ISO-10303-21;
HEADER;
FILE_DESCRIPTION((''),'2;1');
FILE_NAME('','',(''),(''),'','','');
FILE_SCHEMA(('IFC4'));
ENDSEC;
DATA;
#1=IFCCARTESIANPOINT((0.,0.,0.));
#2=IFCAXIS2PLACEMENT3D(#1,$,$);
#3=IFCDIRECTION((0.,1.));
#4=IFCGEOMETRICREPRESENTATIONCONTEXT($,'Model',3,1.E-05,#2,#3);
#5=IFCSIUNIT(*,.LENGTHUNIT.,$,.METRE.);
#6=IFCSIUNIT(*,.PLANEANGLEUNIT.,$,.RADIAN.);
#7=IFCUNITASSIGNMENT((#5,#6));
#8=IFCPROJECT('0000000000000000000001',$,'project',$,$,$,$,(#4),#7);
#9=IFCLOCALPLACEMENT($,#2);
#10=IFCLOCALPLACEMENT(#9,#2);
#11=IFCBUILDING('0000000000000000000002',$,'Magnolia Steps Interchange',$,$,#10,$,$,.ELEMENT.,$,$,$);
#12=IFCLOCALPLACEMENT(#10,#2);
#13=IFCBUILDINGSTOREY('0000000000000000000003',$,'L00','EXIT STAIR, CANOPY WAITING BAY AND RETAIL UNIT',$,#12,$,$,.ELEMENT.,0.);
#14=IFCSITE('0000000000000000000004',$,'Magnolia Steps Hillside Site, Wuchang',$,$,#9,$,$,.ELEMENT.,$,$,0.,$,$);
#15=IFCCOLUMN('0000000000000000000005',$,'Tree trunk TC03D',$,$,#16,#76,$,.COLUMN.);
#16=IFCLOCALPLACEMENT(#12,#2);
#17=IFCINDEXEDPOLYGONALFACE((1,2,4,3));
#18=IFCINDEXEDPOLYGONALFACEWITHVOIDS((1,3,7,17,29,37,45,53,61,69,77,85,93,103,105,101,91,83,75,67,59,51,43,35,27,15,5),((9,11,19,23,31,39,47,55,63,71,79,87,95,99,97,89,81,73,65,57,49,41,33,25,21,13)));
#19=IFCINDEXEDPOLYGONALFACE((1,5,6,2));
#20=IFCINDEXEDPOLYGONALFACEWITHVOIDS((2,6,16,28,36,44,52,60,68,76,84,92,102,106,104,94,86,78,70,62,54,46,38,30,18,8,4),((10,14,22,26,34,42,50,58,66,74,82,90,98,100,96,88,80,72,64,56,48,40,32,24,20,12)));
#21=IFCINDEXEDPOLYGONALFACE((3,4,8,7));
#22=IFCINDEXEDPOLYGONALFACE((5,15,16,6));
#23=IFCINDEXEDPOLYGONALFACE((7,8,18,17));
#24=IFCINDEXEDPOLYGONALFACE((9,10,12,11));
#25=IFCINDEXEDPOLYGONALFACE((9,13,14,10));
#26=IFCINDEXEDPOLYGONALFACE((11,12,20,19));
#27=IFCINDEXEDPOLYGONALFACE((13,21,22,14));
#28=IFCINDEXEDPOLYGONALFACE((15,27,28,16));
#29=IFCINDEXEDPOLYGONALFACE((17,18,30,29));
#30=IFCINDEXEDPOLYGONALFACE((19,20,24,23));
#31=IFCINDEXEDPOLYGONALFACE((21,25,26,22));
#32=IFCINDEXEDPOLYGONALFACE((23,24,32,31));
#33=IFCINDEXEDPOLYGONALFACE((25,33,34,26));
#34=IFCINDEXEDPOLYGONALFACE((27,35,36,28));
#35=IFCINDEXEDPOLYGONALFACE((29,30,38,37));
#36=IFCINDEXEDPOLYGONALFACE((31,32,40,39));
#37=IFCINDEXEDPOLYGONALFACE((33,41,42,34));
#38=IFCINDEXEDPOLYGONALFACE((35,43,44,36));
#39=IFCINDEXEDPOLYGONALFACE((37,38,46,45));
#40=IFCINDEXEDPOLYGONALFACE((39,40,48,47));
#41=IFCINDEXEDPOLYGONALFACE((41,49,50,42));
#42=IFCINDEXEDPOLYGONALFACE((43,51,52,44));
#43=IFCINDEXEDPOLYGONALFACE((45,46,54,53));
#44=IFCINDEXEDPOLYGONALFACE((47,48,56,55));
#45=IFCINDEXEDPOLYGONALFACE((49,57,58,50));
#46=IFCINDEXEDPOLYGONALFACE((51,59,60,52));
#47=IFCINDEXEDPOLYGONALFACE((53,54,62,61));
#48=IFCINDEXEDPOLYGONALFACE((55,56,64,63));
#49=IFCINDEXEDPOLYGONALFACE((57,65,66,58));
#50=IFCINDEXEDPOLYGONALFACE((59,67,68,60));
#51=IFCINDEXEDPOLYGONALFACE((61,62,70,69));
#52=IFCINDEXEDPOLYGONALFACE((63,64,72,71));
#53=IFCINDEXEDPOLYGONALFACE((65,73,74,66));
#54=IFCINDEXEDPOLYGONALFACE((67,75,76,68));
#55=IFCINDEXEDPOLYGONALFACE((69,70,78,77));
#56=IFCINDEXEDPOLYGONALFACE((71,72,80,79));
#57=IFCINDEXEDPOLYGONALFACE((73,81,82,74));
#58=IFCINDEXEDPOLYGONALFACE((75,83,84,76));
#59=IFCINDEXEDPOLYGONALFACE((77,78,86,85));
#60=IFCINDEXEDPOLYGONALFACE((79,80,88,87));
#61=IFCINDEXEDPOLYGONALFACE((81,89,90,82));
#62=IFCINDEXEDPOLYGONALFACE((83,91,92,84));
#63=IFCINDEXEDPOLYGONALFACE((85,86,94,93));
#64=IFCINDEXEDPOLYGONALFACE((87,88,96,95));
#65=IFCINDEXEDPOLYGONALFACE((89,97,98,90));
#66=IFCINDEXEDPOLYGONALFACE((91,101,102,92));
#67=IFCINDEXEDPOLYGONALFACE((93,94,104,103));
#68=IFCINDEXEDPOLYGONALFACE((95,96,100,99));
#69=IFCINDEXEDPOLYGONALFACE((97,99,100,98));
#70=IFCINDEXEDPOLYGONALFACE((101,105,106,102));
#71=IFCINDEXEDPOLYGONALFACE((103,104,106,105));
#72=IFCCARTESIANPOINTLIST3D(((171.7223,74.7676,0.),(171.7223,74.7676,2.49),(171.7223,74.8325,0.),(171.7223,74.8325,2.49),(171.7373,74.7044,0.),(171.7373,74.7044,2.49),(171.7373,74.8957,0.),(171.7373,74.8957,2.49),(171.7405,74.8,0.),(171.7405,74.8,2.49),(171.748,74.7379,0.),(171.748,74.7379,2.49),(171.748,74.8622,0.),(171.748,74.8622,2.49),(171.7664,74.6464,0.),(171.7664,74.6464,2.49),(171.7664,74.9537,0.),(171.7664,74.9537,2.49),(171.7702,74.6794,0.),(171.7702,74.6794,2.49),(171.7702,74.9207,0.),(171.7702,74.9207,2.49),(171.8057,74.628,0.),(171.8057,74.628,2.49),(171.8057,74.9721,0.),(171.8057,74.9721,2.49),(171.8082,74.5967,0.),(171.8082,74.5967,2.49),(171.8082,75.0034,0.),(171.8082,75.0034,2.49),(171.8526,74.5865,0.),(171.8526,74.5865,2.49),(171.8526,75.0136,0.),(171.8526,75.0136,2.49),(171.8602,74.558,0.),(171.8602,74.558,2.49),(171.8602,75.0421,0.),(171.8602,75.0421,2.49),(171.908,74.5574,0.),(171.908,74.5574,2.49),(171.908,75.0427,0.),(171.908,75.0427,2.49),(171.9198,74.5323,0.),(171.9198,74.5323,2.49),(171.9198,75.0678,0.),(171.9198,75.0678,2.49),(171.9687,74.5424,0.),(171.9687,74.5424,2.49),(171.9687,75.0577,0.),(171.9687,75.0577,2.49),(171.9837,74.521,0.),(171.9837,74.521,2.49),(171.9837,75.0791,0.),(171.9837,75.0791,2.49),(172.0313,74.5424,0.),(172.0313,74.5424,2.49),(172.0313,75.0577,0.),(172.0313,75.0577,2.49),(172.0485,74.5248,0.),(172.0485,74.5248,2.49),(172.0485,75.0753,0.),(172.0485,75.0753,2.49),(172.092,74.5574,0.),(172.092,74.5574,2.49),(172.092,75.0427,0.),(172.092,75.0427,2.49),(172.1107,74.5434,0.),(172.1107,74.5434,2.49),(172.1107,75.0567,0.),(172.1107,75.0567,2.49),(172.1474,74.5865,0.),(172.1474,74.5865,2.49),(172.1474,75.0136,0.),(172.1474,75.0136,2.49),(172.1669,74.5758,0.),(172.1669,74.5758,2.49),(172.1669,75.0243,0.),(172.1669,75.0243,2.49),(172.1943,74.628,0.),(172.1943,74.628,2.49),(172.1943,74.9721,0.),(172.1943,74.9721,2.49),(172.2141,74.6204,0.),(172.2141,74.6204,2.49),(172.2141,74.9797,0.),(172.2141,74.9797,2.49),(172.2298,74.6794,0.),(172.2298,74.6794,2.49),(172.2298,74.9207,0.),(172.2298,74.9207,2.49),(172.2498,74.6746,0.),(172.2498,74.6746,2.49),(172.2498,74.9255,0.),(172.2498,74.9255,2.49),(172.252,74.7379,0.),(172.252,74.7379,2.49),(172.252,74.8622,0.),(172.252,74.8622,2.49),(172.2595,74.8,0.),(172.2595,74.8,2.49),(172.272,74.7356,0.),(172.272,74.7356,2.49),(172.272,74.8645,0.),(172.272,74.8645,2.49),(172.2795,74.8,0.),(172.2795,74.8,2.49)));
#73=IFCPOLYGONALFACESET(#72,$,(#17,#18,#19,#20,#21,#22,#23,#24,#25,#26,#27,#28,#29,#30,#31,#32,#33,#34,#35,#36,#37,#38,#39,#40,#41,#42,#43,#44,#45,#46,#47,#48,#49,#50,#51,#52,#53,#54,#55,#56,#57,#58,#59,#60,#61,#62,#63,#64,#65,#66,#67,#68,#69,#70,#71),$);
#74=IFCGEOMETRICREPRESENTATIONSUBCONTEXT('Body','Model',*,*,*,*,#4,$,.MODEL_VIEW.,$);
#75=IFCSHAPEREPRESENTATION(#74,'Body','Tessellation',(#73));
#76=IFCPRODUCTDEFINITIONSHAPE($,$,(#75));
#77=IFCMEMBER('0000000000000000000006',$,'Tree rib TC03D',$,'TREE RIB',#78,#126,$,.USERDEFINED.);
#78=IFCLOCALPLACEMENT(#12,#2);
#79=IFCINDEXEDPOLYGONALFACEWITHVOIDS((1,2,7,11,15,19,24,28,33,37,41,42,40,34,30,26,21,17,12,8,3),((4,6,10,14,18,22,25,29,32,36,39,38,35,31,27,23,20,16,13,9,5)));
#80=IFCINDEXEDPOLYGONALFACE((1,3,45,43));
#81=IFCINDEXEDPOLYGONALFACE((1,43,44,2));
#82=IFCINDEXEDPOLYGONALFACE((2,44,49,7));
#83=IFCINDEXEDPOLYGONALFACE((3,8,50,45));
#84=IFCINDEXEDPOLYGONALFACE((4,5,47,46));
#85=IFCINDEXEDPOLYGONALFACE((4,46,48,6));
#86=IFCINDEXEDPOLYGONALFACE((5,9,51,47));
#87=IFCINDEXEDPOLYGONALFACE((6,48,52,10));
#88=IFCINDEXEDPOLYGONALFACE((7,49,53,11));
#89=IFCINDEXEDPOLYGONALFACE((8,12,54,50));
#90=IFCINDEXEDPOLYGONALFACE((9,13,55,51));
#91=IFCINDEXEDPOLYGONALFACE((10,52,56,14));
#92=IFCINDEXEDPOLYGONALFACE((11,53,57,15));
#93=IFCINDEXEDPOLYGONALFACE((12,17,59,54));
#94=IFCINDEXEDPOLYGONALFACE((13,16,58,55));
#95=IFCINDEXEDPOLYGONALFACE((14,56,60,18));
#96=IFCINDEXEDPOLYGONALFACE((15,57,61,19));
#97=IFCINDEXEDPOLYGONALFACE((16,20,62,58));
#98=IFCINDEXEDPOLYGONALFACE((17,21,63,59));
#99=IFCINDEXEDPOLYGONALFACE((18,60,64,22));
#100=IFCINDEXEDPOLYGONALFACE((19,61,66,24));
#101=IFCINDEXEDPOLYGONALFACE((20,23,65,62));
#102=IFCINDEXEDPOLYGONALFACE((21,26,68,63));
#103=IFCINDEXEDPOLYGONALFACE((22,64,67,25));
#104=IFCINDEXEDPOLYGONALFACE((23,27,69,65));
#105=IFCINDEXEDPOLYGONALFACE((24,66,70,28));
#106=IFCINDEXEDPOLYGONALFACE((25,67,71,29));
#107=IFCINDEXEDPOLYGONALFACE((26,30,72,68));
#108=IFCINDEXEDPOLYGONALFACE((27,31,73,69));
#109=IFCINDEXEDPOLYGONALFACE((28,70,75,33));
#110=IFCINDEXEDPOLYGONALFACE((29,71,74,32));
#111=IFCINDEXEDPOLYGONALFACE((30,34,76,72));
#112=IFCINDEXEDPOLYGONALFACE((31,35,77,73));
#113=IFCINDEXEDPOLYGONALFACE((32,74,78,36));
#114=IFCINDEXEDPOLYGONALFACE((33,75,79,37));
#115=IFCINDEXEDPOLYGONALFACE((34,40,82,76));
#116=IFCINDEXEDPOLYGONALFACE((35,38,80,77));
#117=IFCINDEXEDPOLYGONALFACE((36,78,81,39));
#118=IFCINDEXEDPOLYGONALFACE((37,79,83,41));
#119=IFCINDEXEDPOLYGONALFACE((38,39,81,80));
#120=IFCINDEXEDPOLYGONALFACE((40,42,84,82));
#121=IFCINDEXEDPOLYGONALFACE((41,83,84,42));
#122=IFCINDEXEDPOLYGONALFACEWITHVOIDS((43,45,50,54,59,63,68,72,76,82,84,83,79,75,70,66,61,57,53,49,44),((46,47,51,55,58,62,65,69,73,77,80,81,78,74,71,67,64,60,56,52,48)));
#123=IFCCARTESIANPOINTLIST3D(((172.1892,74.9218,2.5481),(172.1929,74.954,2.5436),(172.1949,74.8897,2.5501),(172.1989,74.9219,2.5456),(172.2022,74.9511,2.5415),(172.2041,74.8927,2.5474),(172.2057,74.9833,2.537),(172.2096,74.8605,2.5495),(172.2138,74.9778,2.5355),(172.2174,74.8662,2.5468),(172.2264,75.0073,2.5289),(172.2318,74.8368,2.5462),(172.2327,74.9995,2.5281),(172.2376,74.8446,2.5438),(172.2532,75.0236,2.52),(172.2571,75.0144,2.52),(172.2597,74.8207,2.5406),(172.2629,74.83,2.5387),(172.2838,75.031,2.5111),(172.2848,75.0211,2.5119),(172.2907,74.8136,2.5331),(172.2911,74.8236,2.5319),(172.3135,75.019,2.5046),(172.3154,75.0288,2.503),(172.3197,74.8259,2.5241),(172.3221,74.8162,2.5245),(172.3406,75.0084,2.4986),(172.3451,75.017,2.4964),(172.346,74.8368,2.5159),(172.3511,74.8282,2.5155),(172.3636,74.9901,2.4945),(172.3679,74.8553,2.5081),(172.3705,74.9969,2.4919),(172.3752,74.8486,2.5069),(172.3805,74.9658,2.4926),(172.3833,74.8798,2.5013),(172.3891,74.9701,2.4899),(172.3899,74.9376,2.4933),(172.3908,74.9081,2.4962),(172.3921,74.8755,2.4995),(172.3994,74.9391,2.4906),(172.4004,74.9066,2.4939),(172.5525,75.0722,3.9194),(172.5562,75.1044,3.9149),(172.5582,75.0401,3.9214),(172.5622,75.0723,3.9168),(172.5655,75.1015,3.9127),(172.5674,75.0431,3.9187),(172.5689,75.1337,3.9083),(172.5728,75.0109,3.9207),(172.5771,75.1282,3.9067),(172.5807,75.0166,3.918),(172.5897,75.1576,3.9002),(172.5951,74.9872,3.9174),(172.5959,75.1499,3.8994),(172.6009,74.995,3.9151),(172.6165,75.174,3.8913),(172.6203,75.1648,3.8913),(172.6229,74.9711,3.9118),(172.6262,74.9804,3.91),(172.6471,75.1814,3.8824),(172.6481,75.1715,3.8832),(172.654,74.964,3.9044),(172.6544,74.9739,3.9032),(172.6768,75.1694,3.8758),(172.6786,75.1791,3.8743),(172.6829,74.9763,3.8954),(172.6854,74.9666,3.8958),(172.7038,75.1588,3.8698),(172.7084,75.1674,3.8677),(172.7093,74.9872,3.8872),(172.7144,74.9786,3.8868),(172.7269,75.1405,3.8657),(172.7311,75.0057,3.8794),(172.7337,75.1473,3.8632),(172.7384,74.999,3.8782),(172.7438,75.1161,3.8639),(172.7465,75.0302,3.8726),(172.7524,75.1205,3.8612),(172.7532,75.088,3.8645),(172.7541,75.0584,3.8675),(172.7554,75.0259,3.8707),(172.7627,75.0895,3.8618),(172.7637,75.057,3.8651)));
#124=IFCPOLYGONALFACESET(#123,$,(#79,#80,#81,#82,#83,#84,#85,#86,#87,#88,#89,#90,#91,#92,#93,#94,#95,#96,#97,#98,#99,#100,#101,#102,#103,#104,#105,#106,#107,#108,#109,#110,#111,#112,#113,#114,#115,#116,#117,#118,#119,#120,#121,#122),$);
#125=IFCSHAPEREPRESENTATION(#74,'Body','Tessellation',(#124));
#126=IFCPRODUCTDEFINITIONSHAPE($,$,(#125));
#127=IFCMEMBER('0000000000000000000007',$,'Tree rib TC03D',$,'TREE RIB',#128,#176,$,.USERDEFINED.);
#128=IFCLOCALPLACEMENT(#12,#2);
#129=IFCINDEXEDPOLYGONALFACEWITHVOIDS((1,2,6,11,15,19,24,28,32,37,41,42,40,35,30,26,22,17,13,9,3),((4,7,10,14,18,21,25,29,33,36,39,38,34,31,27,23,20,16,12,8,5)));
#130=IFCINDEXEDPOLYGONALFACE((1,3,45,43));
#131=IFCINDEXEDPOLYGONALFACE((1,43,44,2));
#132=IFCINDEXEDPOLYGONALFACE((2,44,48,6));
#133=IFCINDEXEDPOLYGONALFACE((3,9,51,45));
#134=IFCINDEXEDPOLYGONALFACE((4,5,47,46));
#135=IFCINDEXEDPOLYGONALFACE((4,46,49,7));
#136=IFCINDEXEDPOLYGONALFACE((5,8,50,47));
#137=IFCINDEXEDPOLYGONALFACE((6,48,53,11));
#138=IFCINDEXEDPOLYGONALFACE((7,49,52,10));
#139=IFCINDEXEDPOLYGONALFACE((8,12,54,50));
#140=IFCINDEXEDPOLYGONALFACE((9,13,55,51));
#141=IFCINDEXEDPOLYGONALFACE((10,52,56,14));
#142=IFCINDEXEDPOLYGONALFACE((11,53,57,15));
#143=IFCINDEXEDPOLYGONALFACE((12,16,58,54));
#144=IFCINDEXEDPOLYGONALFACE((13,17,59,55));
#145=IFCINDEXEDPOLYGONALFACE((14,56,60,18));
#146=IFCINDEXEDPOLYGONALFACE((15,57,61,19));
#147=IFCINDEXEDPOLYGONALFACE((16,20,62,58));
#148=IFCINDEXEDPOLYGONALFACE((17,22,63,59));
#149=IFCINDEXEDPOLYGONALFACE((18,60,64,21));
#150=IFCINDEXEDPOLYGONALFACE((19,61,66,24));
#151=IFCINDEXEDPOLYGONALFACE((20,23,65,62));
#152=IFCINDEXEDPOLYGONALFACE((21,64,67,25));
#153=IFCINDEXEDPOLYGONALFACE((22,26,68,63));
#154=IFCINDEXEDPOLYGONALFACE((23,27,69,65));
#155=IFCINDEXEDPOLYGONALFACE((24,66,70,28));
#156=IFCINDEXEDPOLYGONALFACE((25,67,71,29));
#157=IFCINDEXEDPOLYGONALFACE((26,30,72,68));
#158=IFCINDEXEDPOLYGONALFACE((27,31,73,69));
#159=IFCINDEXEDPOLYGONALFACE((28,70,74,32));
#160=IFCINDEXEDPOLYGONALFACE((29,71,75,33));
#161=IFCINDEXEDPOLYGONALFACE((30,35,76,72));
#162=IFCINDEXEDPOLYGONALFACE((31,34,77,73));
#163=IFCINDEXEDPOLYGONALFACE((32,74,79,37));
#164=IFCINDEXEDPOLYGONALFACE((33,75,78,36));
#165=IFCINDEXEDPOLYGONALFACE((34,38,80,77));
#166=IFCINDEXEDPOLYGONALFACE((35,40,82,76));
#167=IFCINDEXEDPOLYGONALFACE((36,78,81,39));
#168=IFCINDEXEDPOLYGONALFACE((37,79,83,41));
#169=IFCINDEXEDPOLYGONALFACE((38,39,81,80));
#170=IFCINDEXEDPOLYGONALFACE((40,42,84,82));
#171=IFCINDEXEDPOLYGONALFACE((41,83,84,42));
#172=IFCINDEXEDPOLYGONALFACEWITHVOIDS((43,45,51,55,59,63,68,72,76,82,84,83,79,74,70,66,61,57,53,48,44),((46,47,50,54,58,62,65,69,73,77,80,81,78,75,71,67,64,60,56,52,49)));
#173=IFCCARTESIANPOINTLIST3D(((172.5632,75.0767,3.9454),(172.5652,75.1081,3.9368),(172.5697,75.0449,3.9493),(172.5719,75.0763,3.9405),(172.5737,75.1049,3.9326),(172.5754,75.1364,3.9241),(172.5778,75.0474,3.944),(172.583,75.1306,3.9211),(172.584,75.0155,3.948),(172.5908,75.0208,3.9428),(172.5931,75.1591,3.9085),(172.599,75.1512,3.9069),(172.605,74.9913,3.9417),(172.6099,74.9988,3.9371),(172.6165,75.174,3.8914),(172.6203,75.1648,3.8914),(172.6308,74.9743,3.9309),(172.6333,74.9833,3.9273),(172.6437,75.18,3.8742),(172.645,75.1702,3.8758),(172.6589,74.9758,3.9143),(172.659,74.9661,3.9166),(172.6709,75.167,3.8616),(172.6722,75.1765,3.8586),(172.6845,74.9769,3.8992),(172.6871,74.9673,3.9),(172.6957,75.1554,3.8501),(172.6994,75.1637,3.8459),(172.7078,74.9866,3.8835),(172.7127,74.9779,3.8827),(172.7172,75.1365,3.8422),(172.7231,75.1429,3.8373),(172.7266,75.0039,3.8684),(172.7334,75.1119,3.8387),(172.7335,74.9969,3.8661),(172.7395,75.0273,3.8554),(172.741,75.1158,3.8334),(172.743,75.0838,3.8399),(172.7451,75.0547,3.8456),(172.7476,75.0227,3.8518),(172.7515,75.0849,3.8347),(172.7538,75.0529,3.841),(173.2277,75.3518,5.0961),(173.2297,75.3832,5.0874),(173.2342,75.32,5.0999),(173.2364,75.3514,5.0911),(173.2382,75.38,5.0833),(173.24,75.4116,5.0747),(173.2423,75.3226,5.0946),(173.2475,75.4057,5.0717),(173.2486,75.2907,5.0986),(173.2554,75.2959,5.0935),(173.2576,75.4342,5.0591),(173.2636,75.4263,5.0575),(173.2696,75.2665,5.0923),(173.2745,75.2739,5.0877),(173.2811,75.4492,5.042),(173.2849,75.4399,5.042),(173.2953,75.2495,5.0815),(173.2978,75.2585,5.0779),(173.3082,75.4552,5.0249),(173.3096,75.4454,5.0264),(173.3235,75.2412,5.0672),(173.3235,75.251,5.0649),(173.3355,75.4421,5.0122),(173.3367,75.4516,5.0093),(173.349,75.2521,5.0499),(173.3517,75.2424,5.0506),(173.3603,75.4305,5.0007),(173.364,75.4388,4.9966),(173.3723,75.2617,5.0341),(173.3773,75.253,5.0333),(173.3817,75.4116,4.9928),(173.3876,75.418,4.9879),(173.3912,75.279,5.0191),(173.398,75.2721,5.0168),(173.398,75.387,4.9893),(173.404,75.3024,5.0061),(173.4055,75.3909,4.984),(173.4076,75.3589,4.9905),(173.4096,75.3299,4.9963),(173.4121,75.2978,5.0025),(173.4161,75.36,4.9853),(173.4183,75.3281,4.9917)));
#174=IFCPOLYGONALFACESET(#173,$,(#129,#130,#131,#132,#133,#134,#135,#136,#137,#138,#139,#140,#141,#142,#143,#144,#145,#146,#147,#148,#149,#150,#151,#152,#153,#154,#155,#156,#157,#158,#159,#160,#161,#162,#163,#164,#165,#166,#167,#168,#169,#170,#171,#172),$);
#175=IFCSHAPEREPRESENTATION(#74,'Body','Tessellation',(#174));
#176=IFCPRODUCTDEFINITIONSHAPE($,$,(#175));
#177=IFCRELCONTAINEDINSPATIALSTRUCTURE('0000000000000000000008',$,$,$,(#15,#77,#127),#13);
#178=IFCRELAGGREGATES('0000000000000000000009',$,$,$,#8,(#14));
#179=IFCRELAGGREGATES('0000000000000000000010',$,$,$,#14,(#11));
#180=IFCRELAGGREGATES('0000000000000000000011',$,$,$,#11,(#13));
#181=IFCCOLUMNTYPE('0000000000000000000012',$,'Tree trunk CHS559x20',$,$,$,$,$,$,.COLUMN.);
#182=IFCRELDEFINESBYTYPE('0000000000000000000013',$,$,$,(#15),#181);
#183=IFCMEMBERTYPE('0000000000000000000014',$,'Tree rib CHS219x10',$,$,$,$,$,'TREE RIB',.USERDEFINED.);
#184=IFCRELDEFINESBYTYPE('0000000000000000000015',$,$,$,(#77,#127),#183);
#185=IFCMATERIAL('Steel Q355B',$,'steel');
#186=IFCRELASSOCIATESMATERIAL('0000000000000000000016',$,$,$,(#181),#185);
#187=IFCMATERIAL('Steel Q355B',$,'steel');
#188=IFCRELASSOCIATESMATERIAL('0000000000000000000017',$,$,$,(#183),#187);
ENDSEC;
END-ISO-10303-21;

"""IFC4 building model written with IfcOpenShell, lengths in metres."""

from ifc_helpers import new_model, si_unit, direction, frame, origin, origin_2d, place, context, subcontext, project, spatial, hollow_circle, extrude, material, material_profile, profile_set, type_object, element, save


model = new_model("IFC4")

# Units and contexts
model_context = context("Model", 3, precision=1e-05, world=origin(), true_north=direction((0.0, 1.0)))
body_context = subcontext(model_context, "Body", "Model", "MODEL_VIEW")
ifc_project = project(units=[si_unit("LENGTHUNIT", "METRE"), si_unit("PLANEANGLEUNIT", "RADIAN")], contexts=[model_context])

# Site, building, storey
site_placement = place(None, origin())
site = spatial("IfcSite", under=ifc_project, at=site_placement, Name="Magnolia Steps Hillside Site, Wuchang", CompositionType="ELEMENT", RefElevation=0.0)
building_placement = place(site_placement, origin())
building = spatial("IfcBuilding", under=site, at=building_placement, Name="Magnolia Steps Interchange", CompositionType="ELEMENT")
storey_placement = place(building_placement, origin())
storey = spatial("IfcBuildingStorey", under=building, at=storey_placement, Name="L00", Description="EXIT STAIR, CANOPY WAITING BAY AND RETAIL UNIT", CompositionType="ELEMENT", Elevation=0.0)

# Column
ifc_material_1 = material(Name="Steel Q355B", Category="steel")
ifc_material_profile_1 = material_profile(ifc_material_1, hollow_circle(Radius=0.2795, WallThickness=0.02, at=origin_2d()), Name="CHS559x20")
ifc_profile_set_1 = profile_set([ifc_material_profile_1], Name="Steel Q355B")
column_type = type_object("IfcColumnType", Name="Tree trunk CHS559x20", PredefinedType="COLUMN", material=ifc_profile_set_1)
column_placement = place(storey_placement, frame((172.0, 74.8, 0.0), z_axis=(0.0, 0.0, 1.0), x_axis=(1.0, 0.0, 0.0)))
element("IfcColumn", 1, at=column_placement, inside=storey, type_object=column_type, Name="Tree trunk TC03D", PredefinedType="COLUMN", context=body_context, shape_type="SweptSolid", body=[
    extrude(hollow_circle(Radius=0.2795, WallThickness=0.02, at=origin_2d()), origin(), (0.0, 0.0, 1.0), 2.49),
])

# Members
ifc_material_2 = material(Name="Steel Q355B", Category="steel")
ifc_material_profile_2 = material_profile(ifc_material_2, hollow_circle(Radius=0.1096, WallThickness=0.01, at=origin_2d()), Name="CHS219x10")
ifc_profile_set_2 = profile_set([ifc_material_profile_2], Name="Steel Q355B")
member_type = type_object("IfcMemberType", Name="Tree rib CHS219x10", ElementType="TREE RIB", PredefinedType="USERDEFINED", material=ifc_profile_set_2)
member_1_placement = place(storey_placement, frame((172.2952, 74.9224, 2.52), z_axis=(0.25465, 0.10542, 0.96127), x_axis=(-0.382498, 0.923956, 0.0)))
element("IfcMember", 2, at=member_1_placement, inside=storey, type_object=member_type, Name="Tree rib TC03D", ObjectType="TREE RIB", PredefinedType="USERDEFINED", context=body_context, shape_type="SweptSolid", body=[
    extrude(hollow_circle(Radius=0.1096, WallThickness=0.01, at=origin_2d()), origin(), (0.0, 0.0, 1.0), 1.4265),
])
member_2_placement = place(storey_placement, frame((172.6584, 75.0728, 3.8914), z_axis=(0.489741, 0.202769, 0.847961), x_axis=(-0.382542, 0.923938, 0.0)))
element("IfcMember", 3, at=member_2_placement, inside=storey, type_object=member_type, Name="Tree rib TC03D", ObjectType="TREE RIB", PredefinedType="USERDEFINED", context=body_context, shape_type="SweptSolid", body=[
    extrude(hollow_circle(Radius=0.1096, WallThickness=0.01, at=origin_2d()), origin(), (0.0, 0.0, 1.0), 1.3569),
])

save(model, "model.ifc")
